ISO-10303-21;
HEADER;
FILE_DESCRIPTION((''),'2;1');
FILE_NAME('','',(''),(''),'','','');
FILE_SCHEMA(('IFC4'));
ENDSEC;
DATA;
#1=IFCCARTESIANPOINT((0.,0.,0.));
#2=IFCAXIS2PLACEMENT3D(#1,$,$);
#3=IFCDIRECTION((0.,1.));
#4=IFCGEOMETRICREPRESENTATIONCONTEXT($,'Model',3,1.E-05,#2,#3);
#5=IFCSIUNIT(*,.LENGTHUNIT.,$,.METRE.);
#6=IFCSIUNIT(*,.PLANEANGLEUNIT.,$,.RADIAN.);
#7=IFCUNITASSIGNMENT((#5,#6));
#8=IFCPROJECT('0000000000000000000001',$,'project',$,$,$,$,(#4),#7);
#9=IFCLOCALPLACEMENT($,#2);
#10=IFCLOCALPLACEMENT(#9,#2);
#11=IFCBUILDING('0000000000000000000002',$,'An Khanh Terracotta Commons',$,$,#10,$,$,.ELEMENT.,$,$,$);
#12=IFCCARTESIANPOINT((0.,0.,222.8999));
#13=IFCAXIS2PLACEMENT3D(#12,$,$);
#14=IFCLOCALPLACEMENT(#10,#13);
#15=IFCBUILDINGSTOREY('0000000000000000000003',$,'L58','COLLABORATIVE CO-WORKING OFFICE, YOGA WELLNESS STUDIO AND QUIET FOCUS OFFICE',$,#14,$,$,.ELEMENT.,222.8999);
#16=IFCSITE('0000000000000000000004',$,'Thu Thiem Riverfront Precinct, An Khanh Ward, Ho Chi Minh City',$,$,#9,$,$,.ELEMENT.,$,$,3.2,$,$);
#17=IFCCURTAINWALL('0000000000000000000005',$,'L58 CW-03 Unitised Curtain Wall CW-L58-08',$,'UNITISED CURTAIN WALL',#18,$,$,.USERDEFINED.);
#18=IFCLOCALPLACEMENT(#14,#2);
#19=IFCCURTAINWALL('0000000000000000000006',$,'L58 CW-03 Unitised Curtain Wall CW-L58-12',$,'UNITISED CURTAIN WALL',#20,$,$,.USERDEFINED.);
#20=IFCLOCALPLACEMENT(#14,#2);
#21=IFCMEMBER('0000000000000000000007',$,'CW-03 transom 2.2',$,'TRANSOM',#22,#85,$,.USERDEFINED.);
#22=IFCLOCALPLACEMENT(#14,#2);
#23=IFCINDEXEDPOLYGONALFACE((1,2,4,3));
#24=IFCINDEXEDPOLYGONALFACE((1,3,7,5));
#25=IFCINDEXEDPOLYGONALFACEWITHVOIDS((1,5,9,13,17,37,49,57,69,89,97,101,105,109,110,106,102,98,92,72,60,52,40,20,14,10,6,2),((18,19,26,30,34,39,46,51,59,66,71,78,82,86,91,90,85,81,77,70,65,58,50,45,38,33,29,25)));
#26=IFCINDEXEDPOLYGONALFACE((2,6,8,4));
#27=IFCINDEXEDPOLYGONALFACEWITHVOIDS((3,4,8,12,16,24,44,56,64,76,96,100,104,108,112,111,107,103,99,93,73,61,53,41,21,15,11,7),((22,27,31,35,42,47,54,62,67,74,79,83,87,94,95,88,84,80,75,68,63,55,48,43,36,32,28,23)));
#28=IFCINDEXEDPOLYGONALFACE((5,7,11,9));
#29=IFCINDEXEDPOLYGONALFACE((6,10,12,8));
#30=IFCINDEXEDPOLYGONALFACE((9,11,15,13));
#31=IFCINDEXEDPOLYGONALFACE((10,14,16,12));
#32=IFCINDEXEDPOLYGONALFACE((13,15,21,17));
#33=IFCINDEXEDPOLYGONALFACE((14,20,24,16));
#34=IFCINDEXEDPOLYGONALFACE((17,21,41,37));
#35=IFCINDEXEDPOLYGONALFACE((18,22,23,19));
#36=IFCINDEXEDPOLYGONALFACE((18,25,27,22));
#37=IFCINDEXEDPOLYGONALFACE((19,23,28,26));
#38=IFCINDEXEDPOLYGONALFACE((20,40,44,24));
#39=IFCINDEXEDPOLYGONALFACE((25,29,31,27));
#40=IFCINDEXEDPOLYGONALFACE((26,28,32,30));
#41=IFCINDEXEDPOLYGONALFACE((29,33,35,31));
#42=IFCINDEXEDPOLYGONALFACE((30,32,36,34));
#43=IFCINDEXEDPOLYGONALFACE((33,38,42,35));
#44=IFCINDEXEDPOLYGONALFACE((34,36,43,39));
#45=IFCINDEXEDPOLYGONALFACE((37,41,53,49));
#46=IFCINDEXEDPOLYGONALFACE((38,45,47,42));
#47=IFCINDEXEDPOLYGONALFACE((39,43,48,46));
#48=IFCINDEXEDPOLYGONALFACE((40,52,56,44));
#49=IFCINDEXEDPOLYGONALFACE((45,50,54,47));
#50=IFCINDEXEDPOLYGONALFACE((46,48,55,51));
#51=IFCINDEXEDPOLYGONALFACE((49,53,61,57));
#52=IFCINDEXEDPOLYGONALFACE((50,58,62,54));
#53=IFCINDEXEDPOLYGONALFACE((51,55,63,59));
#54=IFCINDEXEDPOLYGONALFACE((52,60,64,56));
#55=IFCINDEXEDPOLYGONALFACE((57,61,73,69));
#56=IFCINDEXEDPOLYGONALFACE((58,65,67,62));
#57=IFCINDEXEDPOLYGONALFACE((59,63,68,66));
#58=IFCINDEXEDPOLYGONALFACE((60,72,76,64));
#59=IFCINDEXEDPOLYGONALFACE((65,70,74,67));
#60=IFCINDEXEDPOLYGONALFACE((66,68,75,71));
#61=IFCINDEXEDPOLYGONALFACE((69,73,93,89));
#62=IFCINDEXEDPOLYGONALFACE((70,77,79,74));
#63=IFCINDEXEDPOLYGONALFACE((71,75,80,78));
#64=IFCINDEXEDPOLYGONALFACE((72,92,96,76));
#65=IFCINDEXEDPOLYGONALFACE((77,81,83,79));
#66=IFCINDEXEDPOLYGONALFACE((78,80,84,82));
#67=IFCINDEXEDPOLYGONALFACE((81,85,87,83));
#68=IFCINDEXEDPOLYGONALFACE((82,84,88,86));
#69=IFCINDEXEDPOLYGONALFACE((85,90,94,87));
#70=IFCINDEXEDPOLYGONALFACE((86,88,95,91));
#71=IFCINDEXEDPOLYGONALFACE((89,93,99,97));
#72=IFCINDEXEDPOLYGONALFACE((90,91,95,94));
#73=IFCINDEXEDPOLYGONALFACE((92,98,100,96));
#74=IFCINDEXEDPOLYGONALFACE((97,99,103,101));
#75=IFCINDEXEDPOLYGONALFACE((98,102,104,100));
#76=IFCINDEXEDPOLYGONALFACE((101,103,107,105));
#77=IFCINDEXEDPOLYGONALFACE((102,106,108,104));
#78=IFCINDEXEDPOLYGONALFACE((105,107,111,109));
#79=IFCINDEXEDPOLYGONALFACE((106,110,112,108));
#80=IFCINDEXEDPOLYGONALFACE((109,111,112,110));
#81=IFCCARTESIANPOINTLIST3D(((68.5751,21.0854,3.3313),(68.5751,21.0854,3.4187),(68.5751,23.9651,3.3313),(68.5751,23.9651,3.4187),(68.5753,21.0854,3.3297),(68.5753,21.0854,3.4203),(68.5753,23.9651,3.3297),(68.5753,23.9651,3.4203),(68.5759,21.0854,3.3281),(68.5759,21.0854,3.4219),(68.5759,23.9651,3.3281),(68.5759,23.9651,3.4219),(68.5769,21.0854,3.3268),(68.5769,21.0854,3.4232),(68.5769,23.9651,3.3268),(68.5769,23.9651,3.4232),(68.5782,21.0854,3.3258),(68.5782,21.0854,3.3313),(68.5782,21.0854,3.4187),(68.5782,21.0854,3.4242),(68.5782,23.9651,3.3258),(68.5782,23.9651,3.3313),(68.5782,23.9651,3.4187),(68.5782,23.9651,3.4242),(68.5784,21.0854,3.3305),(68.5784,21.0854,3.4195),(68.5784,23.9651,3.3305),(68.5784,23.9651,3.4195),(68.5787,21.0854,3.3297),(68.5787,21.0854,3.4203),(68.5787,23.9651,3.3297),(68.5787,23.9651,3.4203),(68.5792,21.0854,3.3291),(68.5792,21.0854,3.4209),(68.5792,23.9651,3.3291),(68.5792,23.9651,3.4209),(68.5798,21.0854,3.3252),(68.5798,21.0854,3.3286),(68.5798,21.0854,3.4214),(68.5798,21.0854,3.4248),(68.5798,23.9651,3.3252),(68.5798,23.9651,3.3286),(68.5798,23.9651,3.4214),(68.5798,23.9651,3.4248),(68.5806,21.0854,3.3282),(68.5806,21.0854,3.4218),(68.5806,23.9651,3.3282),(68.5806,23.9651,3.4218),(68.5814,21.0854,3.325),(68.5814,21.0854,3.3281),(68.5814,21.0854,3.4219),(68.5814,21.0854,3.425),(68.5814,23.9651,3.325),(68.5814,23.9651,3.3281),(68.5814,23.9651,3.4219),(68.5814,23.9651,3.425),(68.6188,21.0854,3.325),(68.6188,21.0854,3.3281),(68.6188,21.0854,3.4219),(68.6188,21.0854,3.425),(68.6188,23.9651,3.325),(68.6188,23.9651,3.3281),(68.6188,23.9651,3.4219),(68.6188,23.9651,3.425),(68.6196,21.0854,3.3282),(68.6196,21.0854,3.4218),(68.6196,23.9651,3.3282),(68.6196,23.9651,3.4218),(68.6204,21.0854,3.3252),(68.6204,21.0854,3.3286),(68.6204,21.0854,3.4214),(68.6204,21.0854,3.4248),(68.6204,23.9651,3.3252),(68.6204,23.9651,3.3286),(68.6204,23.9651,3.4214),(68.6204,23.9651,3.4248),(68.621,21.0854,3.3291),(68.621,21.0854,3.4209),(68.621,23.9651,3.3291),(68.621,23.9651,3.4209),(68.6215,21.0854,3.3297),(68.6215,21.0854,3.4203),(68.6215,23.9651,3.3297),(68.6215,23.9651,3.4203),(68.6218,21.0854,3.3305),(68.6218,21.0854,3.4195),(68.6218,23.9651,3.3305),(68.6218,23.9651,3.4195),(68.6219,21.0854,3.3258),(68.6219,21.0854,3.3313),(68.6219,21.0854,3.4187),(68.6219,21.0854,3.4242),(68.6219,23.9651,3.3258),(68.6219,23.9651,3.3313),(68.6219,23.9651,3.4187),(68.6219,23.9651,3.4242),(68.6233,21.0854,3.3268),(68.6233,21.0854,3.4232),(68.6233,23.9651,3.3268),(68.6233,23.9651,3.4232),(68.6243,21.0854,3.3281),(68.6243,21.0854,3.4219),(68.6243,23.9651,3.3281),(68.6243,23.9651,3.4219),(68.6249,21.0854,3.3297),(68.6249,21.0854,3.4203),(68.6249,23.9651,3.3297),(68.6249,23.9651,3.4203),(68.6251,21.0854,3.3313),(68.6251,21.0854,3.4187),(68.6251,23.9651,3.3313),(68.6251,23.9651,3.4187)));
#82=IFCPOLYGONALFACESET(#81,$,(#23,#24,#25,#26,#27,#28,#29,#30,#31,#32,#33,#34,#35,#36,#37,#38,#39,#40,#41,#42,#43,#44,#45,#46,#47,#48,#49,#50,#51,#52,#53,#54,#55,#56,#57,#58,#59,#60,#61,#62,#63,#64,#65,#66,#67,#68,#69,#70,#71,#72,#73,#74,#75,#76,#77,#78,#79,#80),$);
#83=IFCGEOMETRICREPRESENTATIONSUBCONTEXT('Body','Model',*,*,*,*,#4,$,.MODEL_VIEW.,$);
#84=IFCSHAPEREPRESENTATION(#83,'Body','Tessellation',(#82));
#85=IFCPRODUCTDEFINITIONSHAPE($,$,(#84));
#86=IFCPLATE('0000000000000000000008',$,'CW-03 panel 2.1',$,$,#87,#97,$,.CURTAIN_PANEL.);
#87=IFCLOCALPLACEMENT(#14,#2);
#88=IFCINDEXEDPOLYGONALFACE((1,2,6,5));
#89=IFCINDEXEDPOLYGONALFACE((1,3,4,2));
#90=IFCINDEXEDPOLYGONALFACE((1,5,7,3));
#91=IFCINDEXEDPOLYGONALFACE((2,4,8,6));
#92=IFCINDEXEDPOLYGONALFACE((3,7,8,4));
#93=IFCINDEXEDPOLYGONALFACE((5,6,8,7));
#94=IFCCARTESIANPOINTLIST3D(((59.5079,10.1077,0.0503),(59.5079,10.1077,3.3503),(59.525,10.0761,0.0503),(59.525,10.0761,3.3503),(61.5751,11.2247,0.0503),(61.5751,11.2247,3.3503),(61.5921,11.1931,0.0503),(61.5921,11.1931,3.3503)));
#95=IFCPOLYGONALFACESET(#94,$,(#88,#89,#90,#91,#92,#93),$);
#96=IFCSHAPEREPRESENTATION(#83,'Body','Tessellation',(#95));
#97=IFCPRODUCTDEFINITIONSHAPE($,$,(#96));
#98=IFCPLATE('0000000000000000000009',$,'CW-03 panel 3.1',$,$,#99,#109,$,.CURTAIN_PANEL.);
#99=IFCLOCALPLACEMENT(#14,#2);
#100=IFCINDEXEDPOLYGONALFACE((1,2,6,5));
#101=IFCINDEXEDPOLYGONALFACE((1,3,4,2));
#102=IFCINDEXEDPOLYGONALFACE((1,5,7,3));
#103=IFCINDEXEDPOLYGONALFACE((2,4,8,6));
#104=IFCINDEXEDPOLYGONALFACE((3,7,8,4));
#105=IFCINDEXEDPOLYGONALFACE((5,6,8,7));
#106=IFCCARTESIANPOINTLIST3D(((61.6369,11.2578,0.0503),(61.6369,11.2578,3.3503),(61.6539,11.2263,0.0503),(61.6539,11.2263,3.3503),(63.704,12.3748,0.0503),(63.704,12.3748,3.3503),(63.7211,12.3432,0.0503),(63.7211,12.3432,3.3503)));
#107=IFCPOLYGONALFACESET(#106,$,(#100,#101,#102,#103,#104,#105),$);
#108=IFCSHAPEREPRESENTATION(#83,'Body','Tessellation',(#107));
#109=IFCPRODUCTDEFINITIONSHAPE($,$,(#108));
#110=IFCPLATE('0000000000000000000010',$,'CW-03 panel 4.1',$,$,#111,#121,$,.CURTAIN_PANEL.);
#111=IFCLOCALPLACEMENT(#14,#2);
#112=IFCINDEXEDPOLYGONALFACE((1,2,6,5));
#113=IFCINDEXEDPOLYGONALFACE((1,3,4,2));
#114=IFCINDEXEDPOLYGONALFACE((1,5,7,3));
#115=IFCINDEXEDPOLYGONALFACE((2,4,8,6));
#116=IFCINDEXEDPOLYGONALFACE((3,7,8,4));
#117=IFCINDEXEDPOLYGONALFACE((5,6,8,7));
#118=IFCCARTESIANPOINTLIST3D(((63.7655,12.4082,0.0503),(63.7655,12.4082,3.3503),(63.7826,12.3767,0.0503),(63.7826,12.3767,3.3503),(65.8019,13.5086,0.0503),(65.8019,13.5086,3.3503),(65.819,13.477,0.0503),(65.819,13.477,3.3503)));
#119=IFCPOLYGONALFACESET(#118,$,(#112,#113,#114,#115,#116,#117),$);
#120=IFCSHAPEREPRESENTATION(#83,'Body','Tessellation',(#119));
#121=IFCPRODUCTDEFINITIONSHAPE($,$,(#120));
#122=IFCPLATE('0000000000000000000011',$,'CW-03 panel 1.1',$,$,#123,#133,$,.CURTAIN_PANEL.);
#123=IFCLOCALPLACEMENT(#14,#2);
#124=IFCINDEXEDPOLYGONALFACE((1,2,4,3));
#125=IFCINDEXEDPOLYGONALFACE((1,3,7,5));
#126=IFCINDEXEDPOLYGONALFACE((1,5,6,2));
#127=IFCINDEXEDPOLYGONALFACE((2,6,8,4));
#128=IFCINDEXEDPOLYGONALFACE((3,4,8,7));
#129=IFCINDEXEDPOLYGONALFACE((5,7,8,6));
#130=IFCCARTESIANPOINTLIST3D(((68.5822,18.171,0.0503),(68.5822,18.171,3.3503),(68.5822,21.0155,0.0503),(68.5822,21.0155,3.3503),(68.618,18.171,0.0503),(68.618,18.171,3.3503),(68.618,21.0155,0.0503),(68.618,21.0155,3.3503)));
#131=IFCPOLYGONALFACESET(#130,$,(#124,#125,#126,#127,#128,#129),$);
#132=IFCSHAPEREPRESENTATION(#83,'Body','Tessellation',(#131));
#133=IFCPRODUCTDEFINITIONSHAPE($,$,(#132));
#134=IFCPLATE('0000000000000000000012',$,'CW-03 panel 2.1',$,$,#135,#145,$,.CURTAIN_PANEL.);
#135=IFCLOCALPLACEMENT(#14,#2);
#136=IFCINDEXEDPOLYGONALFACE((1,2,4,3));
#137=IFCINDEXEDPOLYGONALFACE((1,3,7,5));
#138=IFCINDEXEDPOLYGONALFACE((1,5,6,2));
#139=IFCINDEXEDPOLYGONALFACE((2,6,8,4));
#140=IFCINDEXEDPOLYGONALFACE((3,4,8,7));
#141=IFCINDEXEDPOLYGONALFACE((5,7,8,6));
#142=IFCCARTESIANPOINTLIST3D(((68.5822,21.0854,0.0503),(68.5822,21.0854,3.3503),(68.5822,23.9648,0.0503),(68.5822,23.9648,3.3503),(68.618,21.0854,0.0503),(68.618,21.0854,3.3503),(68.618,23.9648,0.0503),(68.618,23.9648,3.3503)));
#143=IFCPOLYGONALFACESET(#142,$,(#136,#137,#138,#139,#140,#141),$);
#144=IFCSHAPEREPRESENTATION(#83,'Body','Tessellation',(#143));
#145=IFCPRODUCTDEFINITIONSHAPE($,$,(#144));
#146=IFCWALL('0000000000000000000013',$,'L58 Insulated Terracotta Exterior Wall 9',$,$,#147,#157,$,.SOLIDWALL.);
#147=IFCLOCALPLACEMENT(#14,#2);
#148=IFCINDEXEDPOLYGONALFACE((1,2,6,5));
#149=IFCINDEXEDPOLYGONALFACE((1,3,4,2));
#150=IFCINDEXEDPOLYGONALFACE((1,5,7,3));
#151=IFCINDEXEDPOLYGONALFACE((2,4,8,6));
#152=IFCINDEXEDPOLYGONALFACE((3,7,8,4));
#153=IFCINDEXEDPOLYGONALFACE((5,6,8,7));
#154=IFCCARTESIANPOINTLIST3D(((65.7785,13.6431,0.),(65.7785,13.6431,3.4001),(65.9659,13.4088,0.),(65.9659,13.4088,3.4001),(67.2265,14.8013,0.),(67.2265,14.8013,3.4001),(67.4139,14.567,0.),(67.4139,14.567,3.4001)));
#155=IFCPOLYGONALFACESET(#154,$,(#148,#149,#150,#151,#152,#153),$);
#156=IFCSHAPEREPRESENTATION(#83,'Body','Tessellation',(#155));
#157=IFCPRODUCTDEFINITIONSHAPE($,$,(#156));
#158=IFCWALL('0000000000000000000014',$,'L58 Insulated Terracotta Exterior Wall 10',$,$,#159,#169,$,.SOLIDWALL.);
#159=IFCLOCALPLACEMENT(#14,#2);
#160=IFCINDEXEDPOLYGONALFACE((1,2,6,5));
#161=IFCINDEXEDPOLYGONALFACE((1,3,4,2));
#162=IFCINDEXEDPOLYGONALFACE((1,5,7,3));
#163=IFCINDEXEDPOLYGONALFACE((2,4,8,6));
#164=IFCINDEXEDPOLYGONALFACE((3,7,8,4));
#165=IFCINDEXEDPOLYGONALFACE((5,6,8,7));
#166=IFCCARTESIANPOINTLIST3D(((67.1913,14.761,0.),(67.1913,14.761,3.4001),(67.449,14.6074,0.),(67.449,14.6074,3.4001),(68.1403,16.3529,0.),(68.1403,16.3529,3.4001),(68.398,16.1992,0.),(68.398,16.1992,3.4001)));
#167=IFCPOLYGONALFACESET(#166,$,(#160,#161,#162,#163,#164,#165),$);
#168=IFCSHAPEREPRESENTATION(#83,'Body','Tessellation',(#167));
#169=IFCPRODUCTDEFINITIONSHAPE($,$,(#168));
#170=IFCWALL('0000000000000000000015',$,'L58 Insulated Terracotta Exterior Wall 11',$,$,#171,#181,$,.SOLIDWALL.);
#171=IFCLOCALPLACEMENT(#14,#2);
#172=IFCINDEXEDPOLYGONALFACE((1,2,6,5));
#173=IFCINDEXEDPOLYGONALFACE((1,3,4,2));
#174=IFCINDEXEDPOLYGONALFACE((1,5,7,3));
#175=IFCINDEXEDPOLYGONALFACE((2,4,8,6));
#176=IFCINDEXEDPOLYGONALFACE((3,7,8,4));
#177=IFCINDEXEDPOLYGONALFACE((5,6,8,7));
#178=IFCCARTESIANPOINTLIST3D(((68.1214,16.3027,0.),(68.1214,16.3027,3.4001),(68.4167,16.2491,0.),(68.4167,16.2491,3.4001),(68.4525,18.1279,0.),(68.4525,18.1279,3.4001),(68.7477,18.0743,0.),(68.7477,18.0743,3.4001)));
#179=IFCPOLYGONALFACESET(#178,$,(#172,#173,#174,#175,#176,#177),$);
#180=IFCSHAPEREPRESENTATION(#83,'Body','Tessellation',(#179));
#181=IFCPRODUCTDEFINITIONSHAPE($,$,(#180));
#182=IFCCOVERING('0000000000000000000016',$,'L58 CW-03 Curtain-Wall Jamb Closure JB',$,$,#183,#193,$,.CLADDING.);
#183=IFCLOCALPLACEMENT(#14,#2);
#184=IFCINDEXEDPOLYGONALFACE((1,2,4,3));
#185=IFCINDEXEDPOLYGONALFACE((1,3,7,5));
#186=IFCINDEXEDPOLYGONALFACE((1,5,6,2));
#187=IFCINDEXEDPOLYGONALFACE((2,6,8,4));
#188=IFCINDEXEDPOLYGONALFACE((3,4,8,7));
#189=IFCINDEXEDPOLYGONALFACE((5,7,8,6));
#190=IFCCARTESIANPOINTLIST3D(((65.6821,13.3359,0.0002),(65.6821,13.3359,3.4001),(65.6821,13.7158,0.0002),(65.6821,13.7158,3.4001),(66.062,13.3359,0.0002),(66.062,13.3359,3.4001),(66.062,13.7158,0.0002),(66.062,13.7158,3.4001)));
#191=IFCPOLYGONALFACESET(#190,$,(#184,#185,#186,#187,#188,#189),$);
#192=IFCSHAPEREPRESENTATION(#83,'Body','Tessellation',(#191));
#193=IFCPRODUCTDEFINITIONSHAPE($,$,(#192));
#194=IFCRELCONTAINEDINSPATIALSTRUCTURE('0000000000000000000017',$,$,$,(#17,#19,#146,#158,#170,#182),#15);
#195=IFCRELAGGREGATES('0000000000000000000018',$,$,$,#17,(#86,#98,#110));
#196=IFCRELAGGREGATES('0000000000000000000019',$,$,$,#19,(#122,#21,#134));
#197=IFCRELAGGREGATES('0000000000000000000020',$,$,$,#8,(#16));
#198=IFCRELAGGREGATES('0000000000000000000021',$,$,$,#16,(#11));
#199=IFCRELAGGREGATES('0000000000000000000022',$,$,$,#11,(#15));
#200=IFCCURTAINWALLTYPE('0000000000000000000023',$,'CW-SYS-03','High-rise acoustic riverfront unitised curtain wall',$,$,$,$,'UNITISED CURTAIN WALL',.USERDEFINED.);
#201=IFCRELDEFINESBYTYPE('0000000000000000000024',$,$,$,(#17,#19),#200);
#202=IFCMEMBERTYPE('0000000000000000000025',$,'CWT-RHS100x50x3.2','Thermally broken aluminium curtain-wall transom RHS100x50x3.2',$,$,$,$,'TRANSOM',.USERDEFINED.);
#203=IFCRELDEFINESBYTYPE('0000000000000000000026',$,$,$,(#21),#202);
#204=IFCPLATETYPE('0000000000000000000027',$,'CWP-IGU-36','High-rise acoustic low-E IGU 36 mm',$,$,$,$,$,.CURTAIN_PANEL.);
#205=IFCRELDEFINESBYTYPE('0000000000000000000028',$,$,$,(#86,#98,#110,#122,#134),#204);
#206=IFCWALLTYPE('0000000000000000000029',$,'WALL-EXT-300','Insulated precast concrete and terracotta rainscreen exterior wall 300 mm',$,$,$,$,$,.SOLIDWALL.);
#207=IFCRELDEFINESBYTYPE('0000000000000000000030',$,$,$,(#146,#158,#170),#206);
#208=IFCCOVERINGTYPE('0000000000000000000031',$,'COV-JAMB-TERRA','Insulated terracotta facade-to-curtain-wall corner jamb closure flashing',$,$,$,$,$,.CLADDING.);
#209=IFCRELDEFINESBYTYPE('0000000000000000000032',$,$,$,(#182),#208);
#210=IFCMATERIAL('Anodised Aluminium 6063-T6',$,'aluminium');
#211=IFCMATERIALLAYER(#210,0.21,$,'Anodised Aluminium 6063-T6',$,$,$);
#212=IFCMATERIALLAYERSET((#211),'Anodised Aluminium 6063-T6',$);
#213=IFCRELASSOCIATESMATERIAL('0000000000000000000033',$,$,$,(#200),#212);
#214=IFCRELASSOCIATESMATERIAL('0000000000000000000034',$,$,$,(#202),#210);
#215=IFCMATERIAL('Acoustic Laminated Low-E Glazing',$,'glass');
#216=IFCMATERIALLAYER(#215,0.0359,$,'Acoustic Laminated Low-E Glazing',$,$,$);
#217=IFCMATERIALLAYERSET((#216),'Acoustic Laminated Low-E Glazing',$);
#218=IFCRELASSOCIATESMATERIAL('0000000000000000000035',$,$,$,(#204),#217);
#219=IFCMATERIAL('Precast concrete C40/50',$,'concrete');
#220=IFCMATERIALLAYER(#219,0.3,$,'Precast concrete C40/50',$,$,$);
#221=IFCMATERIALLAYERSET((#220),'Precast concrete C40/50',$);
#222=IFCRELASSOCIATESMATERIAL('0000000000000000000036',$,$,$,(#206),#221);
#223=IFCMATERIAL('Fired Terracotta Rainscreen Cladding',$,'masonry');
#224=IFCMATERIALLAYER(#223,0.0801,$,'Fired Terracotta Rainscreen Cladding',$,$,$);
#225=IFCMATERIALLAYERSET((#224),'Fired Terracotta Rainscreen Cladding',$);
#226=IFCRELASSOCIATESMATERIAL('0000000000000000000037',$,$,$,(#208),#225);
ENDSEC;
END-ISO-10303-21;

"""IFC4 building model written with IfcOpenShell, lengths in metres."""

from ifc_helpers import new_model, si_unit, direction, frame, frame_2d, origin, origin_2d, place, context, subcontext, project, spatial, rectangle, hollow_rectangle, extrude, material, layer, layer_set, material_profile, profile_set, type_object, element, aggregate, save


model = new_model("IFC4")

# Units and contexts
model_context = context("Model", 3, precision=1e-05, world=origin(), true_north=direction((0.0, 1.0)))
body_context = subcontext(model_context, "Body", "Model", "MODEL_VIEW")
ifc_project = project(units=[si_unit("LENGTHUNIT", "METRE"), si_unit("PLANEANGLEUNIT", "RADIAN")], contexts=[model_context])

# Site, building, storey
site_placement = place(None, origin())
site = spatial("IfcSite", under=ifc_project, at=site_placement, Name="Thu Thiem Riverfront Precinct, An Khanh Ward, Ho Chi Minh City", CompositionType="ELEMENT", RefElevation=3.2)
building_placement = place(site_placement, origin())
building = spatial("IfcBuilding", under=site, at=building_placement, Name="An Khanh Terracotta Commons", CompositionType="ELEMENT")
storey_placement = place(building_placement, frame((0.0, 0.0, 222.8999)))
storey = spatial("IfcBuildingStorey", under=building, at=storey_placement, Name="L58", Description="COLLABORATIVE CO-WORKING OFFICE, YOGA WELLNESS STUDIO AND QUIET FOCUS OFFICE", CompositionType="ELEMENT", Elevation=222.8999)

# Curtain walls
ifc_material_1 = material(Name="Anodised Aluminium 6063-T6", Category="aluminium")
ifc_layer_1 = layer(ifc_material_1, 0.21, Name="Anodised Aluminium 6063-T6")
ifc_layer_set_1 = layer_set([ifc_layer_1], Name="Anodised Aluminium 6063-T6")
curtain_wall_type = type_object("IfcCurtainWallType", Name="CW-SYS-03", Description="High-rise acoustic riverfront unitised curtain wall", ElementType="UNITISED CURTAIN WALL", PredefinedType="USERDEFINED", material=ifc_layer_set_1)
curtain_wall_1_placement = place(storey_placement, origin())
curtain_wall_1 = element("IfcCurtainWall", 1, at=curtain_wall_1_placement, inside=storey, type_object=curtain_wall_type, Name="L58 CW-03 Unitised Curtain Wall CW-L58-08", ObjectType="UNITISED CURTAIN WALL", PredefinedType="USERDEFINED")
curtain_wall_2_placement = place(storey_placement, origin())
curtain_wall_2 = element("IfcCurtainWall", 2, at=curtain_wall_2_placement, inside=storey, type_object=curtain_wall_type, Name="L58 CW-03 Unitised Curtain Wall CW-L58-12", ObjectType="UNITISED CURTAIN WALL", PredefinedType="USERDEFINED")

# Member
ifc_material_profile_1 = material_profile(ifc_material_1, hollow_rectangle(XDim=0.05, YDim=0.1001, WallThickness=0.0032, InnerFilletRadius=0.0032, OuterFilletRadius=0.0063, at=origin_2d()), Name="RHS100x50x3.2")
ifc_profile_set_1 = profile_set([ifc_material_profile_1], Name="Anodised Aluminium 6063-T6")
member_type_1 = type_object("IfcMemberType", Name="CWT-RHS100x50x3.2", Description="Thermally broken aluminium curtain-wall transom RHS100x50x3.2", ElementType="TRANSOM", PredefinedType="USERDEFINED", material=ifc_profile_set_1)
member_1_placement = place(storey_placement, frame((68.6001, 21.0854, 3.375), z_axis=(0.0, 1.0, 0.0), x_axis=(-1.0, 0.0, 0.0)))
member_1 = element("IfcMember", 3, at=member_1_placement, type_object=member_type_1, Name="CW-03 transom 2.2", ObjectType="TRANSOM", PredefinedType="USERDEFINED", context=body_context, shape_type="SweptSolid", body=[
    extrude(hollow_rectangle(XDim=0.05, YDim=0.1001, WallThickness=0.0032, InnerFilletRadius=0.0032, OuterFilletRadius=0.0063, at=origin_2d()), origin(), (0.0, 0.0, 1.0), 2.8796),
])

# Plates
ifc_material_2 = material(Name="Acoustic Laminated Low-E Glazing", Category="glass")
ifc_layer_2 = layer(ifc_material_2, 0.0359, Name="Acoustic Laminated Low-E Glazing")
ifc_layer_set_2 = layer_set([ifc_layer_2], Name="Acoustic Laminated Low-E Glazing")
plate_type = type_object("IfcPlateType", Name="CWP-IGU-36", Description="High-rise acoustic low-E IGU 36 mm", PredefinedType="CURTAIN_PANEL", material=ifc_layer_set_2)
plate_1_placement = place(storey_placement, frame((60.55, 10.6504, 0.0503), z_axis=(0.0, 0.0, 1.0), x_axis=(0.87978, 0.475381, 0.0)))
plate_1 = element("IfcPlate", 4, at=plate_1_placement, type_object=plate_type, Name="CW-03 panel 2.1", PredefinedType="CURTAIN_PANEL", context=body_context, shape_type="SweptSolid", body=[
    extrude(rectangle(XDim=2.3496, YDim=0.0359, at=origin_2d()), origin(), (0.0, 0.0, 1.0), 3.3),
])
plate_2_placement = place(storey_placement, frame((62.679, 11.8005, 0.0503), z_axis=(0.0, 0.0, 1.0), x_axis=(0.87978, 0.475381, 0.0)))
plate_2 = element("IfcPlate", 5, at=plate_2_placement, type_object=plate_type, Name="CW-03 panel 3.1", PredefinedType="CURTAIN_PANEL", context=body_context, shape_type="SweptSolid", body=[
    extrude(rectangle(XDim=2.3496, YDim=0.0359, at=origin_2d()), origin(), (0.0, 0.0, 1.0), 3.3),
])
plate_3_placement = place(storey_placement, frame((64.7922, 12.9426, 0.0503), z_axis=(0.0, 0.0, 1.0), x_axis=(0.87978, 0.475381, 0.0)))
plate_3 = element("IfcPlate", 6, at=plate_3_placement, type_object=plate_type, Name="CW-03 panel 4.1", PredefinedType="CURTAIN_PANEL", context=body_context, shape_type="SweptSolid", body=[
    extrude(rectangle(XDim=2.3147, YDim=0.0359, at=origin_2d()), origin(), (0.0, 0.0, 1.0), 3.3),
])
aggregate(curtain_wall_1, [plate_1, plate_2, plate_3])
plate_4_placement = place(storey_placement, frame((68.6001, 19.5933, 0.0503), z_axis=(0.0, 0.0, 1.0), x_axis=(0.0, 1.0, 0.0)))
plate_4 = element("IfcPlate", 7, at=plate_4_placement, type_object=plate_type, Name="CW-03 panel 1.1", PredefinedType="CURTAIN_PANEL", context=body_context, shape_type="SweptSolid", body=[
    extrude(rectangle(XDim=2.8445, YDim=0.0359, at=origin_2d()), origin(), (0.0, 0.0, 1.0), 3.3),
])
plate_5_placement = place(storey_placement, frame((68.6001, 22.5251, 0.0503), z_axis=(0.0, 0.0, 1.0), x_axis=(0.0, 1.0, 0.0)))
plate_5 = element("IfcPlate", 8, at=plate_5_placement, type_object=plate_type, Name="CW-03 panel 2.1", PredefinedType="CURTAIN_PANEL", context=body_context, shape_type="SweptSolid", body=[
    extrude(rectangle(XDim=2.8794, YDim=0.0359, at=origin_2d()), origin(), (0.0, 0.0, 1.0), 3.3),
])
aggregate(curtain_wall_2, [plate_4, member_1, plate_5])

# Walls
ifc_material_3 = material(Name="Precast concrete C40/50", Category="concrete")
ifc_layer_3 = layer(ifc_material_3, 0.3, Name="Precast concrete C40/50")
ifc_layer_set_3 = layer_set([ifc_layer_3], Name="Precast concrete C40/50")
wall_type = type_object("IfcWallType", Name="WALL-EXT-300", Description="Insulated precast concrete and terracotta rainscreen exterior wall 300 mm", PredefinedType="SOLIDWALL", material=ifc_layer_set_3)
wall_1_placement = place(storey_placement, frame((65.8721, 13.5259, 0.0), z_axis=(0.0, 0.0, 1.0), x_axis=(0.78092, 0.624631, 0.0)))
element("IfcWall", 9, at=wall_1_placement, inside=storey, type_object=wall_type, Name="L58 Insulated Terracotta Exterior Wall 9", PredefinedType="SOLIDWALL", context=body_context, shape_type="SweptSolid", body=[
    extrude(rectangle(XDim=1.8542, YDim=0.3, at=frame_2d((0.9272, 0.0))), origin(), (0.0, 0.0, 1.0), 3.4001),
])
wall_2_placement = place(storey_placement, frame((67.3201, 14.6841, 0.0), z_axis=(0.0, 0.0, 1.0), x_axis=(0.512072, 0.858943, 0.0)))
element("IfcWall", 10, at=wall_2_placement, inside=storey, type_object=wall_type, Name="L58 Insulated Terracotta Exterior Wall 10", PredefinedType="SOLIDWALL", context=body_context, shape_type="SweptSolid", body=[
    extrude(rectangle(XDim=1.8533, YDim=0.3, at=frame_2d((0.9268, 0.0))), origin(), (0.0, 0.0, 1.0), 3.4001),
])
wall_3_placement = place(storey_placement, frame((68.269, 16.2759, 0.0), z_axis=(0.0, 0.0, 1.0), x_axis=(0.178468, 0.983946, 0.0)))
element("IfcWall", 11, at=wall_3_placement, inside=storey, type_object=wall_type, Name="L58 Insulated Terracotta Exterior Wall 11", PredefinedType="SOLIDWALL", context=body_context, shape_type="SweptSolid", body=[
    extrude(rectangle(XDim=1.855, YDim=0.3, at=frame_2d((0.9275, 0.0))), origin(), (0.0, 0.0, 1.0), 3.4001),
])

# Covering
ifc_material_4 = material(Name="Fired Terracotta Rainscreen Cladding", Category="masonry")
ifc_layer_4 = layer(ifc_material_4, 0.0801, Name="Fired Terracotta Rainscreen Cladding")
ifc_layer_set_4 = layer_set([ifc_layer_4], Name="Fired Terracotta Rainscreen Cladding")
covering_type = type_object("IfcCoveringType", Name="COV-JAMB-TERRA", Description="Insulated terracotta facade-to-curtain-wall corner jamb closure flashing", PredefinedType="CLADDING", material=ifc_layer_set_4)
for number, where, z_axis, x_axis, name in (
    (12, (65.8721, 13.5259, 0.0002), (0.0, 0.0, 1.0), (1.0, 0.0, 0.0), "L58 CW-03 Curtain-Wall Jamb Closure JB"),
):
    element("IfcCovering", number, at=place(storey_placement, frame(where, z_axis=z_axis, x_axis=x_axis)), inside=storey, type_object=covering_type, Name=name, PredefinedType="CLADDING", context=body_context, shape_type="SweptSolid", body=[
        extrude(rectangle(XDim=0.3799, YDim=0.3799, at=origin_2d()), origin(), (0.0, 0.0, 1.0), 3.3999),
    ])

save(model, "model.ifc")
